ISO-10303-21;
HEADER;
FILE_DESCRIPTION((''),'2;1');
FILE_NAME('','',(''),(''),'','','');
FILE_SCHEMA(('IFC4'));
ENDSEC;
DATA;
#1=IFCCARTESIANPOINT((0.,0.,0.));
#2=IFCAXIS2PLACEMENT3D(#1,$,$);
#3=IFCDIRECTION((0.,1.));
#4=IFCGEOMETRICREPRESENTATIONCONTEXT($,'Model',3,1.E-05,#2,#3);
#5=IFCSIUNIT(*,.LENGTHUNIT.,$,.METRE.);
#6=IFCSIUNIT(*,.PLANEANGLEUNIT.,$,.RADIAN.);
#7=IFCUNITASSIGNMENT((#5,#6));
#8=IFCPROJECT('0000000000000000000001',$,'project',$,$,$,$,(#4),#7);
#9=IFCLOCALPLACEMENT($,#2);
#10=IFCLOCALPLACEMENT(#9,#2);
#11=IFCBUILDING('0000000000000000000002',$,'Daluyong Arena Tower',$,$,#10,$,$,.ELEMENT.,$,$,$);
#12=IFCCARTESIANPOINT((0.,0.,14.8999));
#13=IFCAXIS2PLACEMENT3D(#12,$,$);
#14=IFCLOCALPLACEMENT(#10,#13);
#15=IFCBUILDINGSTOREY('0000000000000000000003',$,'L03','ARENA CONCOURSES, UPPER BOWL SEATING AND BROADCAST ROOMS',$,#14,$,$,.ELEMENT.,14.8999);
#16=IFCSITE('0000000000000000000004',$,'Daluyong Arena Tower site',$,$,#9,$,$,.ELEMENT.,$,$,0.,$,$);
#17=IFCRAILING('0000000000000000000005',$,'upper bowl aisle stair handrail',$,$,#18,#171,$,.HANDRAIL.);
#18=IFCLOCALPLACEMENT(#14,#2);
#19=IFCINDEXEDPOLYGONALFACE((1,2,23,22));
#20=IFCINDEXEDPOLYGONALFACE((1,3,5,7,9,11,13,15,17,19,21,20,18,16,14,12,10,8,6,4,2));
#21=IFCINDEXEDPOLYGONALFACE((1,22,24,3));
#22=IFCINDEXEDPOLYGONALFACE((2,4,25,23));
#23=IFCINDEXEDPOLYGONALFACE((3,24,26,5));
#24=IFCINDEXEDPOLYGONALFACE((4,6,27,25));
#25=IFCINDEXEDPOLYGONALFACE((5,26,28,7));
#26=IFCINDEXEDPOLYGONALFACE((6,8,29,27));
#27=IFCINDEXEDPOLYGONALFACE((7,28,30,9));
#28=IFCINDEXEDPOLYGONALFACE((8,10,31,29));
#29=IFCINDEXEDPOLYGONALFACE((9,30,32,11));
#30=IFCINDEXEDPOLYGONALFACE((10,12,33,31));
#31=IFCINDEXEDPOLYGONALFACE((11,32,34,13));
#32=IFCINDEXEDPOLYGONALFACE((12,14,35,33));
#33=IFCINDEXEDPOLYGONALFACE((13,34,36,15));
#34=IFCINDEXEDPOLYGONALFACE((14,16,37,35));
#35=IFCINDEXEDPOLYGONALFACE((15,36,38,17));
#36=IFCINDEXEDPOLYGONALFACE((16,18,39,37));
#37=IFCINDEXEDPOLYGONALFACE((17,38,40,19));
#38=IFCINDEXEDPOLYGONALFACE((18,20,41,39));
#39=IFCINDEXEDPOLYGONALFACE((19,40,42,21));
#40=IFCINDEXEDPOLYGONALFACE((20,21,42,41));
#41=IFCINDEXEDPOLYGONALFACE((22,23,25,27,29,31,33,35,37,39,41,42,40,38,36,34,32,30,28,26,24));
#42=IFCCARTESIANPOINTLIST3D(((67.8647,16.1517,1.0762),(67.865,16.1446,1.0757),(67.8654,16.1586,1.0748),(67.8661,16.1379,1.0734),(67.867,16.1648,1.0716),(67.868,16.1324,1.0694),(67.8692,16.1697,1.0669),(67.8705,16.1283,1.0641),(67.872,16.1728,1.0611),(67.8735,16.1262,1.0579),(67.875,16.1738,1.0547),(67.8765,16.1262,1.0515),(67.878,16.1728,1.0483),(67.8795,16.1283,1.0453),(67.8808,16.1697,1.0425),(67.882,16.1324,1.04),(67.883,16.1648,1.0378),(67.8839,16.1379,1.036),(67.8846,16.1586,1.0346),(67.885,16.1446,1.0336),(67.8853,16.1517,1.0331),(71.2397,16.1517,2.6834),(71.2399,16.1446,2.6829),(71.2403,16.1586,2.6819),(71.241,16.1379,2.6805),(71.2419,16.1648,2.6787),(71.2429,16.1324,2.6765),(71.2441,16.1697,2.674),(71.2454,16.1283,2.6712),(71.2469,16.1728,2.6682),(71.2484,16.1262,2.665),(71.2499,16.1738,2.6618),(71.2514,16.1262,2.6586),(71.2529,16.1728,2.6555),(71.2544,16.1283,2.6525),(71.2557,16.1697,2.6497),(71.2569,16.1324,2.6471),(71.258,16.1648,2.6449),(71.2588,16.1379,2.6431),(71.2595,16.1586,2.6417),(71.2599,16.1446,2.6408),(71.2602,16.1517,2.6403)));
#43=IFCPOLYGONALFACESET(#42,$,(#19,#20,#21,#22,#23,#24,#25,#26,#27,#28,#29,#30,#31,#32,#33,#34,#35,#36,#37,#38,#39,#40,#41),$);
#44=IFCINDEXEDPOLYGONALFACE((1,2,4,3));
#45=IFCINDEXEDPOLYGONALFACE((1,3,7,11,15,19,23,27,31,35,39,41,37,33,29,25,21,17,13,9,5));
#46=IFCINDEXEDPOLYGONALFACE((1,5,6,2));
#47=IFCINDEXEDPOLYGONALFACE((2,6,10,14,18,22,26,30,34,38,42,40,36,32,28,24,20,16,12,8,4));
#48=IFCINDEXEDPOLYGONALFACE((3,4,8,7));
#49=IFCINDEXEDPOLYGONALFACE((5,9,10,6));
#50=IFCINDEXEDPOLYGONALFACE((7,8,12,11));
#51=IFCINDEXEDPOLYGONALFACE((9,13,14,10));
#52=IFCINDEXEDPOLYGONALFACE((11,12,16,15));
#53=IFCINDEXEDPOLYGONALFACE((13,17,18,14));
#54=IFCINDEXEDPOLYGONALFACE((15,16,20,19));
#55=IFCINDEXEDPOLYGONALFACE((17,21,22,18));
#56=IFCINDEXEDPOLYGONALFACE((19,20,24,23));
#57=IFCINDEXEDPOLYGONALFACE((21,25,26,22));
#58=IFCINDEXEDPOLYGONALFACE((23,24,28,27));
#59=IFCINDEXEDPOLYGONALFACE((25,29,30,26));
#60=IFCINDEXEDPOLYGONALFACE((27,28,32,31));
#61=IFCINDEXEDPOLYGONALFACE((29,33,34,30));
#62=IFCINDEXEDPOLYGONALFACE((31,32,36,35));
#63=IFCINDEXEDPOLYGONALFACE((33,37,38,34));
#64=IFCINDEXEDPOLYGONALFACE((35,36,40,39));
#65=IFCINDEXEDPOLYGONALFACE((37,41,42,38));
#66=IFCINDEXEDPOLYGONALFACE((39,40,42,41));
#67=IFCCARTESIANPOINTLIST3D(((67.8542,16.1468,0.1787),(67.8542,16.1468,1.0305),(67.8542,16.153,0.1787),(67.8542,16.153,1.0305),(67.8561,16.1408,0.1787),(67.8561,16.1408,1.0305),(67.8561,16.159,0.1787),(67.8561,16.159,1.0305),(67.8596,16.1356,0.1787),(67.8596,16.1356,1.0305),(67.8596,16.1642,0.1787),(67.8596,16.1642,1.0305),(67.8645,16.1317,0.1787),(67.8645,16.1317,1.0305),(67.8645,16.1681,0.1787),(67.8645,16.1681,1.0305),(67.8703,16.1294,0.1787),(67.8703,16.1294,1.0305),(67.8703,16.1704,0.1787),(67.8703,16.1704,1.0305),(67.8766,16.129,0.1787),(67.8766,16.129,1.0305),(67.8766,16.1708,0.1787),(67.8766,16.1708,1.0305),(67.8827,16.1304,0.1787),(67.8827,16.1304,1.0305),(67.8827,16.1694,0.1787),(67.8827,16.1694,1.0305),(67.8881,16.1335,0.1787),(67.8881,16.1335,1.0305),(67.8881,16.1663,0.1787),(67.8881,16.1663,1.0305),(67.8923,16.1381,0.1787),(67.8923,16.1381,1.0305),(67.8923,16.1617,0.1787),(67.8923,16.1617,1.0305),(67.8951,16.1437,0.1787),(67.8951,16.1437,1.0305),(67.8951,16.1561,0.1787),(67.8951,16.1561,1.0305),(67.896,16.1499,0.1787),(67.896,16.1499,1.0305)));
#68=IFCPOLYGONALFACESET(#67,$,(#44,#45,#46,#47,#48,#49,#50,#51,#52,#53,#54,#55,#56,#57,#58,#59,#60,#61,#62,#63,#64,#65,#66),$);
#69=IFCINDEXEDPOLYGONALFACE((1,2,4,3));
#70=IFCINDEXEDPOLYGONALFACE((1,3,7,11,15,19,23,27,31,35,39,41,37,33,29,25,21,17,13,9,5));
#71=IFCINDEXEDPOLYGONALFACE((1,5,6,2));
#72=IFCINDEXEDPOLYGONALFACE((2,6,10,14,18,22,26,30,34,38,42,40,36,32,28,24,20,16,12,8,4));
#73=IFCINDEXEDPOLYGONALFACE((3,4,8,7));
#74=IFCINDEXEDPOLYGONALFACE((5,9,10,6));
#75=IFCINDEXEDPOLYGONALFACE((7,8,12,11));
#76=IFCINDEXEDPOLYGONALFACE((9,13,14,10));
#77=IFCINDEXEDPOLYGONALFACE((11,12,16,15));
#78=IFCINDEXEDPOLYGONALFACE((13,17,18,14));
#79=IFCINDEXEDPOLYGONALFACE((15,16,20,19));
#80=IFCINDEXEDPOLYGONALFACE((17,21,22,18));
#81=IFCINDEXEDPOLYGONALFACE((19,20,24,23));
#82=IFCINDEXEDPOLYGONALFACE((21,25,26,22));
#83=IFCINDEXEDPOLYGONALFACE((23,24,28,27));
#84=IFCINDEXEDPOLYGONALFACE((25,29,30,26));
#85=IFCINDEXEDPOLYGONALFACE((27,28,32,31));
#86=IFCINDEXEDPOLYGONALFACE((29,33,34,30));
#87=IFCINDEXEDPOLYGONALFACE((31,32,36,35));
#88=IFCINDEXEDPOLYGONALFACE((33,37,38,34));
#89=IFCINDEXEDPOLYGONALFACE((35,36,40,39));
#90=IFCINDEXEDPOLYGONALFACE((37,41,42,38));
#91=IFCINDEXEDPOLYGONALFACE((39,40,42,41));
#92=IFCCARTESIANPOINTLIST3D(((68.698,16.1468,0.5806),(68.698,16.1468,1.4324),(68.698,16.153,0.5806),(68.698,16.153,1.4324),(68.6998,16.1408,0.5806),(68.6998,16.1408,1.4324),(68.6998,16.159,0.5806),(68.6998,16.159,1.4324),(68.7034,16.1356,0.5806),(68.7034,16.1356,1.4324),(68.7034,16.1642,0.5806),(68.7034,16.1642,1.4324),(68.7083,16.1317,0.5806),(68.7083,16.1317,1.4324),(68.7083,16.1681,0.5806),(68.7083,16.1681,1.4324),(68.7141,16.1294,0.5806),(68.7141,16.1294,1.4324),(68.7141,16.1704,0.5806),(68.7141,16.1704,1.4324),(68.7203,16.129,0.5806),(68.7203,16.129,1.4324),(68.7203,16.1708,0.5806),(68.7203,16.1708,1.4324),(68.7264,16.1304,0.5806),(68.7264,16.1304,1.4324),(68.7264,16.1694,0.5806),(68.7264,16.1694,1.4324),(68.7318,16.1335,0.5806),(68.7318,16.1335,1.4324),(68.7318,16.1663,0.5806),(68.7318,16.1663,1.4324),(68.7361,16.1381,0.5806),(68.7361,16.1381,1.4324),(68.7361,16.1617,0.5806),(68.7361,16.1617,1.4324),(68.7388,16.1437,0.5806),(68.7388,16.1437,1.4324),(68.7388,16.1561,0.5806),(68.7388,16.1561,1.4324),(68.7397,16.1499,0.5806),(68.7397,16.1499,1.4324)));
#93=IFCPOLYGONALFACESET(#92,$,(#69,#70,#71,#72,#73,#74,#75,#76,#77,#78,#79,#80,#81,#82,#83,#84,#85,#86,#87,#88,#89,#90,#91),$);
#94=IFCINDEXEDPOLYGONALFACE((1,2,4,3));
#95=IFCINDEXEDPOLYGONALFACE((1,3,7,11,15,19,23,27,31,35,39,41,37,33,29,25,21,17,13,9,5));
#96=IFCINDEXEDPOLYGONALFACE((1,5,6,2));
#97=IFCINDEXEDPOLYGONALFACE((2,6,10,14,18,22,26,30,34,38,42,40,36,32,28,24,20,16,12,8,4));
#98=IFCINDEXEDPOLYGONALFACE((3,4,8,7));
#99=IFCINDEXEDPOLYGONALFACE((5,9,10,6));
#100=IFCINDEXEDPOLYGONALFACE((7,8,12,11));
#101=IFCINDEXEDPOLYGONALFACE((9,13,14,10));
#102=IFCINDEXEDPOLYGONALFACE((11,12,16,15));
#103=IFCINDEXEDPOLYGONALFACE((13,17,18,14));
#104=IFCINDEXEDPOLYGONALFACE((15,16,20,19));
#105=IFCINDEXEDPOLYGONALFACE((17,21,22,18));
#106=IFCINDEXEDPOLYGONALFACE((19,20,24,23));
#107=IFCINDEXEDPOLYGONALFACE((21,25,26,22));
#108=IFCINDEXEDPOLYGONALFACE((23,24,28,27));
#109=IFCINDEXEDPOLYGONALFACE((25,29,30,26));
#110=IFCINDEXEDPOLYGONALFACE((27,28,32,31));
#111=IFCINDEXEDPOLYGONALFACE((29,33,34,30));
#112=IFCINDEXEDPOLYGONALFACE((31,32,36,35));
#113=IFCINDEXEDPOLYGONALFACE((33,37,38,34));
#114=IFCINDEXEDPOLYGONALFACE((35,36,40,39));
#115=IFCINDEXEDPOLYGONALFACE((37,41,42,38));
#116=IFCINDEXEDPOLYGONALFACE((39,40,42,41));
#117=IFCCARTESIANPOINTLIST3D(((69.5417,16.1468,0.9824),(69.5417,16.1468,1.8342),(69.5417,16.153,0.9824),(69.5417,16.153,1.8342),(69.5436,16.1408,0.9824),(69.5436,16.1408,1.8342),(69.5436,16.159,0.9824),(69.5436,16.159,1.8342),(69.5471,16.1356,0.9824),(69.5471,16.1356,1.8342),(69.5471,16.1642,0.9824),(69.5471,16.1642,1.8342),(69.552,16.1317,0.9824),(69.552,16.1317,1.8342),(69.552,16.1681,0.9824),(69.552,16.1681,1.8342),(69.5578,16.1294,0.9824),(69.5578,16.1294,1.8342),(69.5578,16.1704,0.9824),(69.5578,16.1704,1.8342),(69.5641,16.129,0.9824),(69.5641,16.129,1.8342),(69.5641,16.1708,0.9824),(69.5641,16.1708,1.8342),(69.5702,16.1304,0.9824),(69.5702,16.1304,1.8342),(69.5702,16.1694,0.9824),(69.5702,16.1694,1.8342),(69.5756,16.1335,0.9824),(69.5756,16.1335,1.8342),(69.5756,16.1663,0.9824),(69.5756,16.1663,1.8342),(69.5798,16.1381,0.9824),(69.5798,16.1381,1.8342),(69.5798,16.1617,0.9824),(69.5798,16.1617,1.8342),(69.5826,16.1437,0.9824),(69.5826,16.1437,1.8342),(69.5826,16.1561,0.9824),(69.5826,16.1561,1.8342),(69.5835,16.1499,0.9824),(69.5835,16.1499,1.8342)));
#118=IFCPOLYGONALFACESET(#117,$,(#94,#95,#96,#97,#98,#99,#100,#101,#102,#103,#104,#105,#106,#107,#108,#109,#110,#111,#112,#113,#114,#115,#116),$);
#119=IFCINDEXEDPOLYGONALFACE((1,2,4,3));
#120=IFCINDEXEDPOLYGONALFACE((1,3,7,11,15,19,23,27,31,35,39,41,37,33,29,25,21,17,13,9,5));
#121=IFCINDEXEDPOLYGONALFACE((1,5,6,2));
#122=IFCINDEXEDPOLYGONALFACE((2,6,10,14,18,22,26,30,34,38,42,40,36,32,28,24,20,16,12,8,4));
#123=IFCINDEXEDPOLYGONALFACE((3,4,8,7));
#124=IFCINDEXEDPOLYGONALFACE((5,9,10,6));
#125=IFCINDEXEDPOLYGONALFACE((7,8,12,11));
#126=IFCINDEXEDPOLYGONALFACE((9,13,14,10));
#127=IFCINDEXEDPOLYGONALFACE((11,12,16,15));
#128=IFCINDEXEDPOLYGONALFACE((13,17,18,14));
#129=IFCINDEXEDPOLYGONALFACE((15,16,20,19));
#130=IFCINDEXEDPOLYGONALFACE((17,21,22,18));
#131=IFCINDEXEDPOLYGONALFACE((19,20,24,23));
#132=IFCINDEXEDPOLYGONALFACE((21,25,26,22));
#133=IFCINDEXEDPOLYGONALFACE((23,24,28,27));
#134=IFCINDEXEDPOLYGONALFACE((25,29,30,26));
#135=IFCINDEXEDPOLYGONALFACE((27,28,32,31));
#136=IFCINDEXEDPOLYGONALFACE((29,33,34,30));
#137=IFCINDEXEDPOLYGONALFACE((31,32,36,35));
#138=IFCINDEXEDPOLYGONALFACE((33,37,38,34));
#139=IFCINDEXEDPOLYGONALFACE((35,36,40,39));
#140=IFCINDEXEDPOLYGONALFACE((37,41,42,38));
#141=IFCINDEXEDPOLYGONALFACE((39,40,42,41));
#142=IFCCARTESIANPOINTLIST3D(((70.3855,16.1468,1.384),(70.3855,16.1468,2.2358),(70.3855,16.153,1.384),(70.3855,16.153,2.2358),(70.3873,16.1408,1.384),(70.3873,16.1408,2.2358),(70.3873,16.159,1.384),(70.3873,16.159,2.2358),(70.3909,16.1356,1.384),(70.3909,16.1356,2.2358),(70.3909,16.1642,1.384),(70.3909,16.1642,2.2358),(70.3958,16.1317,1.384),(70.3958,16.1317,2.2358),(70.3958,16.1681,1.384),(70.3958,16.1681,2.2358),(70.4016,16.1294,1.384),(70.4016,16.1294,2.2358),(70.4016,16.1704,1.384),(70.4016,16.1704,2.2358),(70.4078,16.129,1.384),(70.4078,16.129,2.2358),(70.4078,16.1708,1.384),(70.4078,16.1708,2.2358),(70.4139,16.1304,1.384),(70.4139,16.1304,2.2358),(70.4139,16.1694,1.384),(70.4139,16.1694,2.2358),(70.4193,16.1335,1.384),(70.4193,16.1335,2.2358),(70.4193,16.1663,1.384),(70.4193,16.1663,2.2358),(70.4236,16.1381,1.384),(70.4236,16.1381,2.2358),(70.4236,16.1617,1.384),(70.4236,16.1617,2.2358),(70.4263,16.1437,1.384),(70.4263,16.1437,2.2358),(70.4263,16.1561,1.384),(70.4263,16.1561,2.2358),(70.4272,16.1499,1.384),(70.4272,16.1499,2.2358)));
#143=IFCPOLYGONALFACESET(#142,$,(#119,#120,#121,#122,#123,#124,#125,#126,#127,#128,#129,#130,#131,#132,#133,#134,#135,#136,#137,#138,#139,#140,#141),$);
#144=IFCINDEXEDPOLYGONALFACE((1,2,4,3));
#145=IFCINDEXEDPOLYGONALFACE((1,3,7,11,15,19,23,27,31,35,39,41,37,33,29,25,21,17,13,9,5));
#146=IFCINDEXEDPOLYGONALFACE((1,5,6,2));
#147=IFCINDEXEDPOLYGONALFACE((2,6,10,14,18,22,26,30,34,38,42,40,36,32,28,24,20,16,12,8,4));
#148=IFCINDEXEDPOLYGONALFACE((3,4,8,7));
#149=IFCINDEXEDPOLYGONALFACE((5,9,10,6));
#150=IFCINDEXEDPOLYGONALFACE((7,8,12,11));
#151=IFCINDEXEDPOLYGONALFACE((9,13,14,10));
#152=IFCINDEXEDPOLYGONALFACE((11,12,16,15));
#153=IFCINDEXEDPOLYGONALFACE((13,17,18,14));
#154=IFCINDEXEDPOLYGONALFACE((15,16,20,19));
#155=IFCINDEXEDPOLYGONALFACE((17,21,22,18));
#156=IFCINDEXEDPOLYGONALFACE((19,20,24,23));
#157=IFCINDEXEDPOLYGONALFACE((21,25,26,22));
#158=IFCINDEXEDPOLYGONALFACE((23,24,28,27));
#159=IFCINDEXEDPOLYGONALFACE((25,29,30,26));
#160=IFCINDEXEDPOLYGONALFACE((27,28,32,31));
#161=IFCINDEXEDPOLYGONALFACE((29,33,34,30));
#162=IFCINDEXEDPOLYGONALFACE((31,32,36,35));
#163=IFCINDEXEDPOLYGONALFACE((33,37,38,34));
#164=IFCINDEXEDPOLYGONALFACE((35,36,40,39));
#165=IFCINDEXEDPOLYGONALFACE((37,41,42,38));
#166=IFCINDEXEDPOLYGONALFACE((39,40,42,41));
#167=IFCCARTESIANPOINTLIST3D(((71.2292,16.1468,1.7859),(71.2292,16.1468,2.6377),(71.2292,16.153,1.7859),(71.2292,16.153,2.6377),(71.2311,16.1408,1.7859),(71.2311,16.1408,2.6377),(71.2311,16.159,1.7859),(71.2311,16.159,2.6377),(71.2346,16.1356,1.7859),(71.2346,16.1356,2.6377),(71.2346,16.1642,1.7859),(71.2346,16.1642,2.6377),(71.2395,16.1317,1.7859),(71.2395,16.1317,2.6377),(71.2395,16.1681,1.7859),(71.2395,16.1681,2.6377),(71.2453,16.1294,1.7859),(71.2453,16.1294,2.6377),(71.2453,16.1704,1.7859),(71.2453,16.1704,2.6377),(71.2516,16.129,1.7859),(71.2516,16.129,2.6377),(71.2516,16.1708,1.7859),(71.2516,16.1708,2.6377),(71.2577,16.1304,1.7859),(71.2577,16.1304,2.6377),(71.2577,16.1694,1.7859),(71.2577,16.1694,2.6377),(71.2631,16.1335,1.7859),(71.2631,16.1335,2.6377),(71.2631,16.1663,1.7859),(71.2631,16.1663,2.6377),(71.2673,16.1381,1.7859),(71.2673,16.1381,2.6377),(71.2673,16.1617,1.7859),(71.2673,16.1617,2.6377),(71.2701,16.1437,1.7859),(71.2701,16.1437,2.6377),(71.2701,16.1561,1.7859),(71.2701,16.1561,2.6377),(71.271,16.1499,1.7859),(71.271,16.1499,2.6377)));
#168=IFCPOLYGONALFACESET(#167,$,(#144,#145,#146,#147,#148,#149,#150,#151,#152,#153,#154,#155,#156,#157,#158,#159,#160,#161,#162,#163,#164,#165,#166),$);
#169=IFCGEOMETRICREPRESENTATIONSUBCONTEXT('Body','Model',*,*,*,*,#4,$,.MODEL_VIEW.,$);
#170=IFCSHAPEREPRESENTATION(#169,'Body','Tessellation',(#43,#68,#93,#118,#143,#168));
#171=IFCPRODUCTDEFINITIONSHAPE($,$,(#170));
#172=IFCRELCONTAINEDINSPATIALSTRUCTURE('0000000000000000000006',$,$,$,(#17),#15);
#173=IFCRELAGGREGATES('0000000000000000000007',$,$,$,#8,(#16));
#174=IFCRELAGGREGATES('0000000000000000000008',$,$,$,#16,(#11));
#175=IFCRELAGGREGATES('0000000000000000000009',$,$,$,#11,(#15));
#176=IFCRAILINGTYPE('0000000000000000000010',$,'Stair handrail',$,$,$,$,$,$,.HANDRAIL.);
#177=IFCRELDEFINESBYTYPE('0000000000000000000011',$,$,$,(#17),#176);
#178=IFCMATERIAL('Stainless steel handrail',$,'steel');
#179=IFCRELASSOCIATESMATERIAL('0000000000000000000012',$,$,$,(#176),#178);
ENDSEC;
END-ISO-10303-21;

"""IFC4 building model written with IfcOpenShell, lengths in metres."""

from ifc_helpers import new_model, si_unit, direction, frame, origin, origin_2d, place, context, subcontext, project, spatial, circle, extrude, material, type_object, element, save


model = new_model("IFC4")

# Units and contexts
model_context = context("Model", 3, precision=1e-05, world=origin(), true_north=direction((0.0, 1.0)))
body_context = subcontext(model_context, "Body", "Model", "MODEL_VIEW")
ifc_project = project(units=[si_unit("LENGTHUNIT", "METRE"), si_unit("PLANEANGLEUNIT", "RADIAN")], contexts=[model_context])

# Site, building, storey
site_placement = place(None, origin())
site = spatial("IfcSite", under=ifc_project, at=site_placement, Name="Daluyong Arena Tower site", CompositionType="ELEMENT", RefElevation=0.0)
building_placement = place(site_placement, origin())
building = spatial("IfcBuilding", under=site, at=building_placement, Name="Daluyong Arena Tower", CompositionType="ELEMENT")
storey_placement = place(building_placement, frame((0.0, 0.0, 14.8999)))
storey = spatial("IfcBuildingStorey", under=building, at=storey_placement, Name="L03", Description="ARENA CONCOURSES, UPPER BOWL SEATING AND BROADCAST ROOMS", CompositionType="ELEMENT", Elevation=14.8999)

# Railing
ifc_material_1 = material(Name="Stainless steel handrail", Category="steel")
railing_type_1 = type_object("IfcRailingType", Name="Stair handrail", PredefinedType="HANDRAIL", material=ifc_material_1)
for number, where, name in (
    (1, (67.875, 16.1499, 0.1787), "upper bowl aisle stair handrail"),
):
    element("IfcRailing", number, at=place(storey_placement, frame(where)), inside=storey, type_object=railing_type_1, Name=name, PredefinedType="HANDRAIL", context=body_context, shape_type="SweptSolid", body=[
        extrude(circle(Radius=0.0239, at=origin_2d()), frame((0.0, 0.0, 0.876), z_axis=(0.902857, 0.0, 0.429941), x_axis=(0.0, 1.0, 0.0)), (0.0, 0.0, 1.0), 3.738),
        extrude(circle(Radius=0.021, at=origin_2d()), origin(), (0.0, 0.0, 1.0), 0.8518),
        extrude(circle(Radius=0.021, at=origin_2d()), frame((0.8438, 0.0, 0.4019)), (0.0, 0.0, 1.0), 0.8518),
        extrude(circle(Radius=0.021, at=origin_2d()), frame((1.6875, 0.0, 0.8037)), (0.0, 0.0, 1.0), 0.8518),
        extrude(circle(Radius=0.021, at=origin_2d()), frame((2.5312, 0.0, 1.2053)), (0.0, 0.0, 1.0), 0.8518),
        extrude(circle(Radius=0.021, at=origin_2d()), frame((3.375, 0.0, 1.6072)), (0.0, 0.0, 1.0), 0.8518),
    ])

save(model, "model.ifc")
